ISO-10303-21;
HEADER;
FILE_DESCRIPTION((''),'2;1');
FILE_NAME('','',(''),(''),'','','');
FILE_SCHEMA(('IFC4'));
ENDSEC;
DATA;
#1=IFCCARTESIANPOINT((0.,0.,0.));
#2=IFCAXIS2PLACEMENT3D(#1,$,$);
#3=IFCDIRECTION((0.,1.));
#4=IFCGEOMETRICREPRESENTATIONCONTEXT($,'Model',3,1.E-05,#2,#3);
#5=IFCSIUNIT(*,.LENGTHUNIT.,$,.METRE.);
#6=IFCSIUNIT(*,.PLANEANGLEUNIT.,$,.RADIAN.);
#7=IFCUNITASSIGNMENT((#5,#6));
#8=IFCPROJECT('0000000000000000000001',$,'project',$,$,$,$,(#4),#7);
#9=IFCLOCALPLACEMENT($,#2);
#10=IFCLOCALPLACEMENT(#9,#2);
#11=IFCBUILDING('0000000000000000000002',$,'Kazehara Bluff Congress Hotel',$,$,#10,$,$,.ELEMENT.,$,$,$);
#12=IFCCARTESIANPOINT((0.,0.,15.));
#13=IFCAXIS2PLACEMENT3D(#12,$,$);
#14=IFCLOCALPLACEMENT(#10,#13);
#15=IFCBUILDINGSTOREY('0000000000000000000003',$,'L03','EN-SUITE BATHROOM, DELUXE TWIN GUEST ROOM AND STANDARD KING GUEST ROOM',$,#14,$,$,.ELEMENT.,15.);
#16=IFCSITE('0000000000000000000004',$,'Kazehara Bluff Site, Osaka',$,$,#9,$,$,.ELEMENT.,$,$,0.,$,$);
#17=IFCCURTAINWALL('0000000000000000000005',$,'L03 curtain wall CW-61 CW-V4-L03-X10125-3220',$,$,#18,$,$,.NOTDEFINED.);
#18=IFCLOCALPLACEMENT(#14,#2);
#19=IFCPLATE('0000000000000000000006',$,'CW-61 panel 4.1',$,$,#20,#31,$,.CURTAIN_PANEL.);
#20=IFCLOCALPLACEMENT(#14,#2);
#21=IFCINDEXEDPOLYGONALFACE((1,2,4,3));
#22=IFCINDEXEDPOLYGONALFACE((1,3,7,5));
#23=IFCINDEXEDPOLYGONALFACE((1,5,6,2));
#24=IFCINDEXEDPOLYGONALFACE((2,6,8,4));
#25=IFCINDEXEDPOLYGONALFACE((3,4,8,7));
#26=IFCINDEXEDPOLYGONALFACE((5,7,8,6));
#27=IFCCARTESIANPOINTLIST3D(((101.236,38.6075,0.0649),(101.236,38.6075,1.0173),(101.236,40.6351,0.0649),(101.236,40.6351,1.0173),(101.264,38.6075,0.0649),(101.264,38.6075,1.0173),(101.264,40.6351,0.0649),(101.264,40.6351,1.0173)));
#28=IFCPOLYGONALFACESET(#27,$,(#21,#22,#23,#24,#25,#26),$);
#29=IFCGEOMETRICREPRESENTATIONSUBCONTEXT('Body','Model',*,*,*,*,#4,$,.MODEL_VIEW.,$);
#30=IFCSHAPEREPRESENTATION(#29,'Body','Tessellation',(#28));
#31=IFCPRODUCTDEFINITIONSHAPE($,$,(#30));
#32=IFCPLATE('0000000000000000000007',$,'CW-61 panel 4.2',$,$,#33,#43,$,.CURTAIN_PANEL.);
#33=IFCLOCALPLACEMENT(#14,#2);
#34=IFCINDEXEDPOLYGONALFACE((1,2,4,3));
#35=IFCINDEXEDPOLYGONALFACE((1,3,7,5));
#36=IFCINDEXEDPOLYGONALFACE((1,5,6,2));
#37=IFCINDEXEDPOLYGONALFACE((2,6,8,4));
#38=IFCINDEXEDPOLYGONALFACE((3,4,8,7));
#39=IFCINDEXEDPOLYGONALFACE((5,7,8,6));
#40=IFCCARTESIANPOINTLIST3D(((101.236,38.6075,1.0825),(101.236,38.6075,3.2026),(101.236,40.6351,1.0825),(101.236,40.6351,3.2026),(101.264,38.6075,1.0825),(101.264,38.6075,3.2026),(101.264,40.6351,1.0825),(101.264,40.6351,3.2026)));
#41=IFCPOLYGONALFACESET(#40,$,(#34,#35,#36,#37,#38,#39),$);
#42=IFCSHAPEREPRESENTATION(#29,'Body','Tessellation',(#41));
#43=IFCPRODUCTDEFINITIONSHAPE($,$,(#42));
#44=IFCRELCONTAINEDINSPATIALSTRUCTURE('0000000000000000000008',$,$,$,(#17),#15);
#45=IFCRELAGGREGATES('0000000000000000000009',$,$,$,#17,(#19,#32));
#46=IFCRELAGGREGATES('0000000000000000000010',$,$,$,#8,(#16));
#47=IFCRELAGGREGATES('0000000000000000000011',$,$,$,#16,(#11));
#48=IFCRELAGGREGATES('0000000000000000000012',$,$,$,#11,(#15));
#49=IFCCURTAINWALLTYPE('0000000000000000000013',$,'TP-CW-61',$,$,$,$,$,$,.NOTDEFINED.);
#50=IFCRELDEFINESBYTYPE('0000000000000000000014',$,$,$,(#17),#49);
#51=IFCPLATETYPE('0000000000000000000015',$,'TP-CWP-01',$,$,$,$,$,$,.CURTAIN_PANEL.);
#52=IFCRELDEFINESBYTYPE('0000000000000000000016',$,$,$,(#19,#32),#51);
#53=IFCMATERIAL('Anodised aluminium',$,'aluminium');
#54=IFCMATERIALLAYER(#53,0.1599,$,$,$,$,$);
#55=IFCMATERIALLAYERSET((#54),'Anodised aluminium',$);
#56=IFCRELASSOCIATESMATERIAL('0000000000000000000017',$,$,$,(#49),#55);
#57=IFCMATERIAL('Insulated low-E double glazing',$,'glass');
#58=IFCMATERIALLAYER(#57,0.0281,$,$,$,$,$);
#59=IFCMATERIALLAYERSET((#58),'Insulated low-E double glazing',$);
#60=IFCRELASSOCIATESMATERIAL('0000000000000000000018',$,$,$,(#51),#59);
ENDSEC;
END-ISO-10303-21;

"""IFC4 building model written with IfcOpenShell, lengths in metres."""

from ifc_helpers import new_model, si_unit, direction, frame, origin, origin_2d, place, context, subcontext, project, spatial, rectangle, extrude, material, layer, layer_set, type_object, element, aggregate, save


model = new_model("IFC4")

# Units and contexts
model_context = context("Model", 3, precision=1e-05, world=origin(), true_north=direction((0.0, 1.0)))
body_context = subcontext(model_context, "Body", "Model", "MODEL_VIEW")
ifc_project = project(units=[si_unit("LENGTHUNIT", "METRE"), si_unit("PLANEANGLEUNIT", "RADIAN")], contexts=[model_context])

# Site, building, storey
site_placement = place(None, origin())
site = spatial("IfcSite", under=ifc_project, at=site_placement, Name="Kazehara Bluff Site, Osaka", CompositionType="ELEMENT", RefElevation=0.0)
building_placement = place(site_placement, origin())
building = spatial("IfcBuilding", under=site, at=building_placement, Name="Kazehara Bluff Congress Hotel", CompositionType="ELEMENT")
storey_placement = place(building_placement, frame((0.0, 0.0, 15.0)))
storey = spatial("IfcBuildingStorey", under=building, at=storey_placement, Name="L03", Description="EN-SUITE BATHROOM, DELUXE TWIN GUEST ROOM AND STANDARD KING GUEST ROOM", CompositionType="ELEMENT", Elevation=15.0)

# Curtain wall, plates
ifc_material_1 = material(Name="Anodised aluminium", Category="aluminium")
ifc_layer_1 = layer(ifc_material_1, 0.1599)
ifc_layer_set_1 = layer_set([ifc_layer_1], Name="Anodised aluminium")
curtain_wall_type = type_object("IfcCurtainWallType", Name="TP-CW-61", PredefinedType="NOTDEFINED", material=ifc_layer_set_1)
curtain_wall_placement = place(storey_placement, origin())
curtain_wall = element("IfcCurtainWall", 1, at=curtain_wall_placement, inside=storey, type_object=curtain_wall_type, Name="L03 curtain wall CW-61 CW-V4-L03-X10125-3220", PredefinedType="NOTDEFINED")
ifc_material_2 = material(Name="Insulated low-E double glazing", Category="glass")
ifc_layer_2 = layer(ifc_material_2, 0.0281)
ifc_layer_set_2 = layer_set([ifc_layer_2], Name="Insulated low-E double glazing")
plate_type = type_object("IfcPlateType", Name="TP-CWP-01", PredefinedType="CURTAIN_PANEL", material=ifc_layer_set_2)
plate_1_placement = place(storey_placement, frame((101.25, 39.6213, 0.0649), z_axis=(0.0, 0.0, 1.0), x_axis=(0.0, 1.0, 0.0)))
plate_1 = element("IfcPlate", 2, at=plate_1_placement, type_object=plate_type, Name="CW-61 panel 4.1", PredefinedType="CURTAIN_PANEL", context=body_context, shape_type="SweptSolid", body=[
    extrude(rectangle(XDim=2.0276, YDim=0.0281, at=origin_2d()), origin(), (0.0, 0.0, 1.0), 0.9524),
])
plate_2_placement = place(storey_placement, frame((101.25, 39.6213, 1.0825), z_axis=(0.0, 0.0, 1.0), x_axis=(0.0, 1.0, 0.0)))
plate_2 = element("IfcPlate", 3, at=plate_2_placement, type_object=plate_type, Name="CW-61 panel 4.2", PredefinedType="CURTAIN_PANEL", context=body_context, shape_type="SweptSolid", body=[
    extrude(rectangle(XDim=2.0276, YDim=0.0281, at=origin_2d()), origin(), (0.0, 0.0, 1.0), 2.1201),
])
aggregate(curtain_wall, [plate_1, plate_2])

save(model, "model.ifc")
